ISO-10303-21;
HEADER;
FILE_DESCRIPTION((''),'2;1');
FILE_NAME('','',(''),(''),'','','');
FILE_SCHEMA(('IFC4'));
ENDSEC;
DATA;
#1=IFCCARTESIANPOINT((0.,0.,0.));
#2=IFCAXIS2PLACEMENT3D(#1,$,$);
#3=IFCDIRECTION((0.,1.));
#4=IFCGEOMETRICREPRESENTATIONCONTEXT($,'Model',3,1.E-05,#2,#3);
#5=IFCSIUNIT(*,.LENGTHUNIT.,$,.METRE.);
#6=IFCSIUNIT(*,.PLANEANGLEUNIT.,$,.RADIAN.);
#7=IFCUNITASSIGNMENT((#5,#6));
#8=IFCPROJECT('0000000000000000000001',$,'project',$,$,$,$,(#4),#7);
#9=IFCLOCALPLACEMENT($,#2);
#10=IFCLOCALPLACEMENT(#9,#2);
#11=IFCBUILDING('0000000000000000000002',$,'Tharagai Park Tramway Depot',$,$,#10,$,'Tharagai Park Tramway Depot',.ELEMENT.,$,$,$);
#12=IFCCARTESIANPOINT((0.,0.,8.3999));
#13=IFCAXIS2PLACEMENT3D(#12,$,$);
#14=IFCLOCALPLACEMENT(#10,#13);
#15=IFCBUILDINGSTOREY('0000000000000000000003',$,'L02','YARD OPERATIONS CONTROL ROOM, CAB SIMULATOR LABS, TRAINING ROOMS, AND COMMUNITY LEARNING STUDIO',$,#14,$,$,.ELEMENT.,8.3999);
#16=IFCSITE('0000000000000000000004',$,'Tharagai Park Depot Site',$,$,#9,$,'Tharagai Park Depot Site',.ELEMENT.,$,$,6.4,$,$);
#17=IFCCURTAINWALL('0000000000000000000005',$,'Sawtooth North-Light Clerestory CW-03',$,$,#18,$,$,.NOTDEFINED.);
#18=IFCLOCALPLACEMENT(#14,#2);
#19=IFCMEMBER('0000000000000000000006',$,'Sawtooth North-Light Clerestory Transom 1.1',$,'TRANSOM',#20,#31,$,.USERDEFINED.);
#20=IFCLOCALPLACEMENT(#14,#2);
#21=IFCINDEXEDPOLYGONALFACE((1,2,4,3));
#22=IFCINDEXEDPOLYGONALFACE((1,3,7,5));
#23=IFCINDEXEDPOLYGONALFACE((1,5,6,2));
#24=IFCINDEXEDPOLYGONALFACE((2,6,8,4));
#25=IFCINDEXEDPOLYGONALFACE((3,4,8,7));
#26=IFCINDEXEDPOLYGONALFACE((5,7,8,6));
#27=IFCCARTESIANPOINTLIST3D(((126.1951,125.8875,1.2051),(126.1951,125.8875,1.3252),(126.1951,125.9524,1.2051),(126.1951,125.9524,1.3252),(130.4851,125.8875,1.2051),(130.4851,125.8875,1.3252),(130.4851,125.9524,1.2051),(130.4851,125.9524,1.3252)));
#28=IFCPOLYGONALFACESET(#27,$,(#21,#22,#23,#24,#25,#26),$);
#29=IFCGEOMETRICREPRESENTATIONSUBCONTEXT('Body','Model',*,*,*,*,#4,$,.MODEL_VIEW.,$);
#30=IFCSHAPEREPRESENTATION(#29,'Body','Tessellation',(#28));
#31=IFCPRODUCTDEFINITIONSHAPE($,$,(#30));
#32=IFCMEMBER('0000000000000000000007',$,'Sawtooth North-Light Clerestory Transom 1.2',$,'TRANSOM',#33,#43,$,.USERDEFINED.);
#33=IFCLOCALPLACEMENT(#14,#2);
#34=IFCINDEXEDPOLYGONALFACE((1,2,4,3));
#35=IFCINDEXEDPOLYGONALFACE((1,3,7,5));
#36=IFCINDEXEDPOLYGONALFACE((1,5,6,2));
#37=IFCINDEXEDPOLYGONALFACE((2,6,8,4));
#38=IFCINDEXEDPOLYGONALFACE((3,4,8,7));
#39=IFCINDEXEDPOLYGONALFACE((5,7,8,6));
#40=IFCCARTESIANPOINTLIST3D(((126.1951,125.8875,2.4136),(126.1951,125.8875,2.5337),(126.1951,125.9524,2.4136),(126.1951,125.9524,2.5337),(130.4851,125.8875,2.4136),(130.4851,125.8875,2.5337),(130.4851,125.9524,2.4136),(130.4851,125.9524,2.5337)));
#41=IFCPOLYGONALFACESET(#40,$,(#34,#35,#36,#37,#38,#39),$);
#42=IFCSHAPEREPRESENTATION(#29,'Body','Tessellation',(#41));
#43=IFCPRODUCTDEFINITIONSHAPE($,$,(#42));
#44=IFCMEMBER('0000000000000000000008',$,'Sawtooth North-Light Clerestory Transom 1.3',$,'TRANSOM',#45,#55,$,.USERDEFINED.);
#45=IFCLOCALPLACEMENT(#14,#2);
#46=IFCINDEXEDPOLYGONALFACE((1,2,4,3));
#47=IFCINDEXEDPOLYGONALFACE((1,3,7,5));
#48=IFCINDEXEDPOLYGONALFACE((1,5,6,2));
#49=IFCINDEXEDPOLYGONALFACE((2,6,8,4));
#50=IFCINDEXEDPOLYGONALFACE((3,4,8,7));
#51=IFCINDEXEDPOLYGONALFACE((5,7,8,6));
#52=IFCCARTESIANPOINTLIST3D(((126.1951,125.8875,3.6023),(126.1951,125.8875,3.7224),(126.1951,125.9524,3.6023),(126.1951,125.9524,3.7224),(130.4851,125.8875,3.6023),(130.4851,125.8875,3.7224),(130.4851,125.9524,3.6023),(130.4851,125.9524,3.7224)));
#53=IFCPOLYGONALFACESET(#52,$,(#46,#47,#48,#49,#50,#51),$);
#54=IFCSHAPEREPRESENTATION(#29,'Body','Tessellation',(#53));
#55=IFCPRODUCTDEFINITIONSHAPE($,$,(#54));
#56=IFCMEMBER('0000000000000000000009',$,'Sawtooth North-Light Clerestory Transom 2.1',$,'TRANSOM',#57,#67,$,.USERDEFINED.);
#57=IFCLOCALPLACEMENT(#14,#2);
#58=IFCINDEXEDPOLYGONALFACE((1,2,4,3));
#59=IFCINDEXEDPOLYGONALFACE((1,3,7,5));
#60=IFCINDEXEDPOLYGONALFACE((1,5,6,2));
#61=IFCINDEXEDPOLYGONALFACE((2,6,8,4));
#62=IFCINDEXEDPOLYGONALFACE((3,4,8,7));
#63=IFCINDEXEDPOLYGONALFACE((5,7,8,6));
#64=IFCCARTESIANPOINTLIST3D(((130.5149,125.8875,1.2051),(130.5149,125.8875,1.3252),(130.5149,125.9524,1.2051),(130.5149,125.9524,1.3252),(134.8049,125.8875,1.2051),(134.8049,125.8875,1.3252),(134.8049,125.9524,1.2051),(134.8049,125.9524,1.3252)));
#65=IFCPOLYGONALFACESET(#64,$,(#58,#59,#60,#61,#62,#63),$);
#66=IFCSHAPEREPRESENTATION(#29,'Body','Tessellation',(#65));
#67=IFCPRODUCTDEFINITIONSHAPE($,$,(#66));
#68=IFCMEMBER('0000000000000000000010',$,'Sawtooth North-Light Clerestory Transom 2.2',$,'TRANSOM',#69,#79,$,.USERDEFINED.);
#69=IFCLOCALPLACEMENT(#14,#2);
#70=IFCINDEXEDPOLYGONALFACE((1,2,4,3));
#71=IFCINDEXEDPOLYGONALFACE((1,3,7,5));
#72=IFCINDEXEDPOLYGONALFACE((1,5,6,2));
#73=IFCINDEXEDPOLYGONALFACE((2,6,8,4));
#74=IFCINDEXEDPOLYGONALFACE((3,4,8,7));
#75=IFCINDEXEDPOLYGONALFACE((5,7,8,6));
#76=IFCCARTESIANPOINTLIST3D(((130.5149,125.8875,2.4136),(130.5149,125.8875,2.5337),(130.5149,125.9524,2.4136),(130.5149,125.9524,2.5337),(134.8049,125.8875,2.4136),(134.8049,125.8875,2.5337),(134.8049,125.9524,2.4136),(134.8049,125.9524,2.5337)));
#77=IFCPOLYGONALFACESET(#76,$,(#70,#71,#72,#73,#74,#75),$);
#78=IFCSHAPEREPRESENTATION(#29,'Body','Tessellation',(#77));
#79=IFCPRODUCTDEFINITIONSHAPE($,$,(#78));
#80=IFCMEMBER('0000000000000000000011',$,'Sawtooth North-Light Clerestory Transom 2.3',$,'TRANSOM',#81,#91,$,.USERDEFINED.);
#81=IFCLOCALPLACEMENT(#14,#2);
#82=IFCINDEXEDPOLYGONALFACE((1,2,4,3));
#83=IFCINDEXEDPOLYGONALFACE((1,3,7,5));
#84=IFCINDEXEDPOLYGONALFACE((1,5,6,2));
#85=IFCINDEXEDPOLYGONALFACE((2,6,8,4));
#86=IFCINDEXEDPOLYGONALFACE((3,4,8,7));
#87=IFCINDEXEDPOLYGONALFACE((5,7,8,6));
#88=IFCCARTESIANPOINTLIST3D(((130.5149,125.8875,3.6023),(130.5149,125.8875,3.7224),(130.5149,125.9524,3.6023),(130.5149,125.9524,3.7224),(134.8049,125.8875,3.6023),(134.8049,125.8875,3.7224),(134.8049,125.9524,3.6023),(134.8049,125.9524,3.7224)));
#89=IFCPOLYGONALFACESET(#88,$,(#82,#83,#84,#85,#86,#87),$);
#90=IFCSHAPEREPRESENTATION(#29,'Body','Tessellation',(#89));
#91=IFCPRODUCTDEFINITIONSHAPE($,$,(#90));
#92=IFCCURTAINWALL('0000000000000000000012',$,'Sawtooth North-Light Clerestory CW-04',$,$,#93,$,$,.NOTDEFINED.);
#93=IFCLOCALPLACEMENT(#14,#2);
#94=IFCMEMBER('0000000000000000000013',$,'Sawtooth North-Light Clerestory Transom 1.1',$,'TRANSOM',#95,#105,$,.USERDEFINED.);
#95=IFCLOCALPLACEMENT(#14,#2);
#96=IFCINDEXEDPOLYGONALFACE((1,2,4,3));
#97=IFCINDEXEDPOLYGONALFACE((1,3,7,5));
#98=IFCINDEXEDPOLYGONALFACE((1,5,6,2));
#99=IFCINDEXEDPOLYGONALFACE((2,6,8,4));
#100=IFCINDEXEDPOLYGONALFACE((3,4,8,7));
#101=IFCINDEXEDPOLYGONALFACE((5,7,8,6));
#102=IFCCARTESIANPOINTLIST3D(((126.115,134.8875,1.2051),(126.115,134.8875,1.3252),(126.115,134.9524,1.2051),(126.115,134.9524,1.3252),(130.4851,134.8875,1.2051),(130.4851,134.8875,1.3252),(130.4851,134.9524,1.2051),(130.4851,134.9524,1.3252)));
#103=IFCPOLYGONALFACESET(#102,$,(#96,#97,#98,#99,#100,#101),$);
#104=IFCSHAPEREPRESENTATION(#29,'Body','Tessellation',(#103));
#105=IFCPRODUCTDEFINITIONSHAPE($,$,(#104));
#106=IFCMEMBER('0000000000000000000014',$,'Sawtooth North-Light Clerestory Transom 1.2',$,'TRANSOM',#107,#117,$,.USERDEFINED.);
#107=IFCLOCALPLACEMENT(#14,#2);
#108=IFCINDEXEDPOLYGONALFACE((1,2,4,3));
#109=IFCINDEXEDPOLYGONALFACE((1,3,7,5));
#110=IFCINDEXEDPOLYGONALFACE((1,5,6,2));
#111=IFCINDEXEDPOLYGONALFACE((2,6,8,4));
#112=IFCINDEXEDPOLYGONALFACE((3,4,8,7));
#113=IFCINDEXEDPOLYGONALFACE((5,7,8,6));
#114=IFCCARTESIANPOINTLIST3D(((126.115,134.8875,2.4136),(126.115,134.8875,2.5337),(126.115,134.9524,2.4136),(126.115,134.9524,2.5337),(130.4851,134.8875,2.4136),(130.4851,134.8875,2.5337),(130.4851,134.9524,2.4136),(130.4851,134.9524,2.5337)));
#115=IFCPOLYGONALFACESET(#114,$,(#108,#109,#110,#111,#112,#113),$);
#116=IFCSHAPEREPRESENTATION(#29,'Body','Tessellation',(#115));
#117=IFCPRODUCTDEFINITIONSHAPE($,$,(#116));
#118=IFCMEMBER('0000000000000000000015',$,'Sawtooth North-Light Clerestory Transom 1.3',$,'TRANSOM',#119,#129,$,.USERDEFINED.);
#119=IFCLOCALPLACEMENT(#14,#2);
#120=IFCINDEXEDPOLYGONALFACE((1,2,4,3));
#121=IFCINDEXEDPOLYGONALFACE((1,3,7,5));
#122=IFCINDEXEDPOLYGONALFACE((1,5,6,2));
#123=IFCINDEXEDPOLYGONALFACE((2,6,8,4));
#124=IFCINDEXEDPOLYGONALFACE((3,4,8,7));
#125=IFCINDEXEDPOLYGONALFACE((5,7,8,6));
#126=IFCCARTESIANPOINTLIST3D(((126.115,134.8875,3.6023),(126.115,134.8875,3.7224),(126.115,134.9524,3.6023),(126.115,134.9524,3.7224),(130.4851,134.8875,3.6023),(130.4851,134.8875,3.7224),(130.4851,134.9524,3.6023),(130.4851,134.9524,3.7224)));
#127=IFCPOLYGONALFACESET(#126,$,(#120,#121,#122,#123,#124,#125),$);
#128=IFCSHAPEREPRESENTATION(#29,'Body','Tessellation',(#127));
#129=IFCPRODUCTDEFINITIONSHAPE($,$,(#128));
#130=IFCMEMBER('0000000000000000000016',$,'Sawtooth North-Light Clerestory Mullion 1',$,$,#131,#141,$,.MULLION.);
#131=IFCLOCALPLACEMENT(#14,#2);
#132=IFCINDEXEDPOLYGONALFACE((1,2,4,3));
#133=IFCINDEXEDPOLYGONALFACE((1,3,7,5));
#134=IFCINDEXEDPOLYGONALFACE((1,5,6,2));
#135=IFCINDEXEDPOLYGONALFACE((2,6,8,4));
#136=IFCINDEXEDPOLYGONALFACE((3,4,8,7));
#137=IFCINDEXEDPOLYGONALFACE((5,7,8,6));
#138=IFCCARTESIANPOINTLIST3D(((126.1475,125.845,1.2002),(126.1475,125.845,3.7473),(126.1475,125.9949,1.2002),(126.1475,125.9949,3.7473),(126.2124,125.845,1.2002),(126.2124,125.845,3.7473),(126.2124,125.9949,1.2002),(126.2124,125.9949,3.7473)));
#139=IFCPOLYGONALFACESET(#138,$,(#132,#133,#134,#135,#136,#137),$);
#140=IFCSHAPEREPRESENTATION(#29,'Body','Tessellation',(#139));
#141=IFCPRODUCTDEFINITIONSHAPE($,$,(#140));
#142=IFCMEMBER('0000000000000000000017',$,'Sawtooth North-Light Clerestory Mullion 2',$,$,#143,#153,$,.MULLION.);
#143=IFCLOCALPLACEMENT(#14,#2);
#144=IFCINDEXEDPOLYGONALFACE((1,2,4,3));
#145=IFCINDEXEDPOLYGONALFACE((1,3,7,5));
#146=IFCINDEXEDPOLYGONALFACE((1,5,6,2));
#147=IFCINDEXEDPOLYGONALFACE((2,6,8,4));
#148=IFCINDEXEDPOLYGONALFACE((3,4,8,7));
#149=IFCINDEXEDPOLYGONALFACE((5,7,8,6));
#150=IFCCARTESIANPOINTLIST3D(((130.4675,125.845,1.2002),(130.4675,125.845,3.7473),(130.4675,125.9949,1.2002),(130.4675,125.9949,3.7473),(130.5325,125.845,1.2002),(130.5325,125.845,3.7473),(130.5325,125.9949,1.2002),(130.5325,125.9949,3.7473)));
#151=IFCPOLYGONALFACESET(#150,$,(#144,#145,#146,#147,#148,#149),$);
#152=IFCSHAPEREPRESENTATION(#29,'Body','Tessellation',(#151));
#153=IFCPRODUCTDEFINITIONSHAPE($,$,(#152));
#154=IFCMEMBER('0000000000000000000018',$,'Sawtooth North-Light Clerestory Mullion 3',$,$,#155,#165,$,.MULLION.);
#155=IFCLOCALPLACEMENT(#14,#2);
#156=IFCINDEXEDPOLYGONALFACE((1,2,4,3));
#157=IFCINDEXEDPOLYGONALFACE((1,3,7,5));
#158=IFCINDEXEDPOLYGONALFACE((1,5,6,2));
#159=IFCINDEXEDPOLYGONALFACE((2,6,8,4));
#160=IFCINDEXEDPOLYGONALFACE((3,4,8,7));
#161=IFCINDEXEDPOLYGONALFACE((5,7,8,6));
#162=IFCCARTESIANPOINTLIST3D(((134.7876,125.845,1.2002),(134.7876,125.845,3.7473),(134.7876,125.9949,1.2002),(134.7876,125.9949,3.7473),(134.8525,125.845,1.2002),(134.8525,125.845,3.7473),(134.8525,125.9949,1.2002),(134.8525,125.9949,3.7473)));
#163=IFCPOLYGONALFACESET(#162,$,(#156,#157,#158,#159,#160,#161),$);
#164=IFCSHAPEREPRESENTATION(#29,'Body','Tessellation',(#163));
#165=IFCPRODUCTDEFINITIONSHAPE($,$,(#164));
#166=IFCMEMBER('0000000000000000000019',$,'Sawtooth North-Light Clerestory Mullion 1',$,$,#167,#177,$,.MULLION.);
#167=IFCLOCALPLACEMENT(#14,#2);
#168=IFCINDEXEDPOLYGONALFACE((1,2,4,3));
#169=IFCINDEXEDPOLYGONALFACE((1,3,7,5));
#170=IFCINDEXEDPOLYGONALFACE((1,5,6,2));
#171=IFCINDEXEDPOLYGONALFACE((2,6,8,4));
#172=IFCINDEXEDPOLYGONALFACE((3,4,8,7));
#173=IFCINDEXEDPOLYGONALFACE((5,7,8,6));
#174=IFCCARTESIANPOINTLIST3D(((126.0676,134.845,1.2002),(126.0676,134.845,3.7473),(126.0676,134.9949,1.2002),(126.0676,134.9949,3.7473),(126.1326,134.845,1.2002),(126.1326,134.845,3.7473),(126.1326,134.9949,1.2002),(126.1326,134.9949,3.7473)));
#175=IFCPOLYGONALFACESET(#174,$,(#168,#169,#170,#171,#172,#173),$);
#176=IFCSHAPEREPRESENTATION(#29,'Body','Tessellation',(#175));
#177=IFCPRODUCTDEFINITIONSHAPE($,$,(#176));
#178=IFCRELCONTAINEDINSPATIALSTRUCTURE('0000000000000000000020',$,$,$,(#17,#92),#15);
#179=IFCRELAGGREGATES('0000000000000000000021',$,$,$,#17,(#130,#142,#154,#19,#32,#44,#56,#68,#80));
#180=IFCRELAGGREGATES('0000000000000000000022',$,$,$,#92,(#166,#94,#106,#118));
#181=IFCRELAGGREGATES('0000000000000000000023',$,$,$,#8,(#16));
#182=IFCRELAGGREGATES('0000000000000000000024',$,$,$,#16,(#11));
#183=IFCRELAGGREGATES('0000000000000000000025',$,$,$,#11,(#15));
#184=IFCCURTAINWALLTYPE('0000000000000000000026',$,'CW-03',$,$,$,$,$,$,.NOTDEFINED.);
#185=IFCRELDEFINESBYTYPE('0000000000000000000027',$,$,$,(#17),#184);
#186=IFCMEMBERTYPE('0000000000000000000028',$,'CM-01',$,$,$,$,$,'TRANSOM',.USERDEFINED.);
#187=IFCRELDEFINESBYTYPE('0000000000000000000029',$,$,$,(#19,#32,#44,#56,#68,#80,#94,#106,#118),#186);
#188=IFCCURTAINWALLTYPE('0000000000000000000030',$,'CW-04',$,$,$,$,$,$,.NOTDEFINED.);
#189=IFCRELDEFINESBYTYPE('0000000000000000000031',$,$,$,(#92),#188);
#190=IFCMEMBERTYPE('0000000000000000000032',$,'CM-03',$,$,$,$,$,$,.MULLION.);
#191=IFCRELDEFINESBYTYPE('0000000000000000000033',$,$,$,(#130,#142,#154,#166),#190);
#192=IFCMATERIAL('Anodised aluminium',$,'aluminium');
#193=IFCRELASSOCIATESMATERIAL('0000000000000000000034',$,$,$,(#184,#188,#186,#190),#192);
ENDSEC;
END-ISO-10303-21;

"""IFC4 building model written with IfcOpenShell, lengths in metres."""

from ifc_helpers import new_model, si_unit, direction, frame, origin, origin_2d, place, context, subcontext, project, spatial, rectangle, extrude, material, material_profile, profile_set, type_object, element, aggregate, save


model = new_model("IFC4")

# Units and contexts
model_context = context("Model", 3, precision=1e-05, world=origin(), true_north=direction((0.0, 1.0)))
body_context = subcontext(model_context, "Body", "Model", "MODEL_VIEW")
ifc_project = project(units=[si_unit("LENGTHUNIT", "METRE"), si_unit("PLANEANGLEUNIT", "RADIAN")], contexts=[model_context])

# Site, building, storey
site_placement = place(None, origin())
site = spatial("IfcSite", under=ifc_project, at=site_placement, Name="Tharagai Park Depot Site", LongName="Tharagai Park Depot Site", CompositionType="ELEMENT", RefElevation=6.4)
building_placement = place(site_placement, origin())
building = spatial("IfcBuilding", under=site, at=building_placement, Name="Tharagai Park Tramway Depot", LongName="Tharagai Park Tramway Depot", CompositionType="ELEMENT")
storey_placement = place(building_placement, frame((0.0, 0.0, 8.3999)))
storey = spatial("IfcBuildingStorey", under=building, at=storey_placement, Name="L02", Description="YARD OPERATIONS CONTROL ROOM, CAB SIMULATOR LABS, TRAINING ROOMS, AND COMMUNITY LEARNING STUDIO", CompositionType="ELEMENT", Elevation=8.3999)

# Curtain walls, members
ifc_material_1 = material(Name="Anodised aluminium", Category="aluminium")
curtain_wall_type_1 = type_object("IfcCurtainWallType", Name="CW-03", PredefinedType="NOTDEFINED", material=ifc_material_1)
curtain_wall_1_placement = place(storey_placement, origin())
curtain_wall_1 = element("IfcCurtainWall", 1, at=curtain_wall_1_placement, inside=storey, type_object=curtain_wall_type_1, Name="Sawtooth North-Light Clerestory CW-03", PredefinedType="NOTDEFINED")
ifc_material_profile_1 = material_profile(ifc_material_1, rectangle(XDim=0.0649, YDim=0.1201, at=origin_2d()), Name="ALU 65x120")
ifc_profile_set_1 = profile_set([ifc_material_profile_1], Name="Anodised aluminium")
member_type_1 = type_object("IfcMemberType", Name="CM-01", ElementType="TRANSOM", PredefinedType="USERDEFINED", material=ifc_profile_set_1)
member_1_placement = place(storey_placement, frame((126.1951, 125.9199, 1.2651), z_axis=(1.0, 0.0, 0.0), x_axis=(0.0, 1.0, 0.0)))
member_1 = element("IfcMember", 2, at=member_1_placement, type_object=member_type_1, Name="Sawtooth North-Light Clerestory Transom 1.1", ObjectType="TRANSOM", PredefinedType="USERDEFINED", context=body_context, shape_type="SweptSolid", body=[
    extrude(rectangle(XDim=0.0649, YDim=0.1201, at=origin_2d()), origin(), (0.0, 0.0, 1.0), 4.29),
])
member_2_placement = place(storey_placement, frame((126.1951, 125.9199, 2.4736), z_axis=(1.0, 0.0, 0.0), x_axis=(0.0, 1.0, 0.0)))
member_2 = element("IfcMember", 3, at=member_2_placement, type_object=member_type_1, Name="Sawtooth North-Light Clerestory Transom 1.2", ObjectType="TRANSOM", PredefinedType="USERDEFINED", context=body_context, shape_type="SweptSolid", body=[
    extrude(rectangle(XDim=0.0649, YDim=0.1201, at=origin_2d()), origin(), (0.0, 0.0, 1.0), 4.29),
])
member_3_placement = place(storey_placement, frame((126.1951, 125.9199, 3.6624), z_axis=(1.0, 0.0, 0.0), x_axis=(0.0, 1.0, 0.0)))
member_3 = element("IfcMember", 4, at=member_3_placement, type_object=member_type_1, Name="Sawtooth North-Light Clerestory Transom 1.3", ObjectType="TRANSOM", PredefinedType="USERDEFINED", context=body_context, shape_type="SweptSolid", body=[
    extrude(rectangle(XDim=0.0649, YDim=0.1201, at=origin_2d()), origin(), (0.0, 0.0, 1.0), 4.29),
])
member_4_placement = place(storey_placement, frame((130.5149, 125.9199, 1.2651), z_axis=(1.0, 0.0, 0.0), x_axis=(0.0, 1.0, 0.0)))
member_4 = element("IfcMember", 5, at=member_4_placement, type_object=member_type_1, Name="Sawtooth North-Light Clerestory Transom 2.1", ObjectType="TRANSOM", PredefinedType="USERDEFINED", context=body_context, shape_type="SweptSolid", body=[
    extrude(rectangle(XDim=0.0649, YDim=0.1201, at=origin_2d()), origin(), (0.0, 0.0, 1.0), 4.29),
])
member_5_placement = place(storey_placement, frame((130.5149, 125.9199, 2.4736), z_axis=(1.0, 0.0, 0.0), x_axis=(0.0, 1.0, 0.0)))
member_5 = element("IfcMember", 6, at=member_5_placement, type_object=member_type_1, Name="Sawtooth North-Light Clerestory Transom 2.2", ObjectType="TRANSOM", PredefinedType="USERDEFINED", context=body_context, shape_type="SweptSolid", body=[
    extrude(rectangle(XDim=0.0649, YDim=0.1201, at=origin_2d()), origin(), (0.0, 0.0, 1.0), 4.29),
])
member_6_placement = place(storey_placement, frame((130.5149, 125.9199, 3.6624), z_axis=(1.0, 0.0, 0.0), x_axis=(0.0, 1.0, 0.0)))
member_6 = element("IfcMember", 7, at=member_6_placement, type_object=member_type_1, Name="Sawtooth North-Light Clerestory Transom 2.3", ObjectType="TRANSOM", PredefinedType="USERDEFINED", context=body_context, shape_type="SweptSolid", body=[
    extrude(rectangle(XDim=0.0649, YDim=0.1201, at=origin_2d()), origin(), (0.0, 0.0, 1.0), 4.29),
])
curtain_wall_type_2 = type_object("IfcCurtainWallType", Name="CW-04", PredefinedType="NOTDEFINED", material=ifc_material_1)
curtain_wall_2_placement = place(storey_placement, origin())
curtain_wall_2 = element("IfcCurtainWall", 8, at=curtain_wall_2_placement, inside=storey, type_object=curtain_wall_type_2, Name="Sawtooth North-Light Clerestory CW-04", PredefinedType="NOTDEFINED")
member_7_placement = place(storey_placement, frame((126.115, 134.9199, 1.2651), z_axis=(1.0, 0.0, 0.0), x_axis=(0.0, 1.0, 0.0)))
member_7 = element("IfcMember", 9, at=member_7_placement, type_object=member_type_1, Name="Sawtooth North-Light Clerestory Transom 1.1", ObjectType="TRANSOM", PredefinedType="USERDEFINED", context=body_context, shape_type="SweptSolid", body=[
    extrude(rectangle(XDim=0.0649, YDim=0.1201, at=origin_2d()), origin(), (0.0, 0.0, 1.0), 4.3701),
])
member_8_placement = place(storey_placement, frame((126.115, 134.9199, 2.4736), z_axis=(1.0, 0.0, 0.0), x_axis=(0.0, 1.0, 0.0)))
member_8 = element("IfcMember", 10, at=member_8_placement, type_object=member_type_1, Name="Sawtooth North-Light Clerestory Transom 1.2", ObjectType="TRANSOM", PredefinedType="USERDEFINED", context=body_context, shape_type="SweptSolid", body=[
    extrude(rectangle(XDim=0.0649, YDim=0.1201, at=origin_2d()), origin(), (0.0, 0.0, 1.0), 4.3701),
])
member_9_placement = place(storey_placement, frame((126.115, 134.9199, 3.6624), z_axis=(1.0, 0.0, 0.0), x_axis=(0.0, 1.0, 0.0)))
member_9 = element("IfcMember", 11, at=member_9_placement, type_object=member_type_1, Name="Sawtooth North-Light Clerestory Transom 1.3", ObjectType="TRANSOM", PredefinedType="USERDEFINED", context=body_context, shape_type="SweptSolid", body=[
    extrude(rectangle(XDim=0.0649, YDim=0.1201, at=origin_2d()), origin(), (0.0, 0.0, 1.0), 4.3701),
])

# Members
ifc_material_profile_2 = material_profile(ifc_material_1, rectangle(XDim=0.0649, YDim=0.1499, at=origin_2d()), Name="ALU 65x150")
ifc_profile_set_2 = profile_set([ifc_material_profile_2], Name="Anodised aluminium")
member_type_2 = type_object("IfcMemberType", Name="CM-03", PredefinedType="MULLION", material=ifc_profile_set_2)
member_10_placement = place(storey_placement, frame((126.1799, 125.9199, 1.2002), z_axis=(0.0, 0.0, 1.0), x_axis=(1.0, 0.0, 0.0)))
member_10 = element("IfcMember", 12, at=member_10_placement, type_object=member_type_2, Name="Sawtooth North-Light Clerestory Mullion 1", PredefinedType="MULLION", context=body_context, shape_type="SweptSolid", body=[
    extrude(rectangle(XDim=0.0649, YDim=0.1499, at=origin_2d()), origin(), (0.0, 0.0, 1.0), 2.5471),
])
member_11_placement = place(storey_placement, frame((130.5, 125.9199, 1.2002), z_axis=(0.0, 0.0, 1.0), x_axis=(1.0, 0.0, 0.0)))
member_11 = element("IfcMember", 13, at=member_11_placement, type_object=member_type_2, Name="Sawtooth North-Light Clerestory Mullion 2", PredefinedType="MULLION", context=body_context, shape_type="SweptSolid", body=[
    extrude(rectangle(XDim=0.0649, YDim=0.1499, at=origin_2d()), origin(), (0.0, 0.0, 1.0), 2.5471),
])
member_12_placement = place(storey_placement, frame((134.8201, 125.9199, 1.2002), z_axis=(0.0, 0.0, 1.0), x_axis=(1.0, 0.0, 0.0)))
member_12 = element("IfcMember", 14, at=member_12_placement, type_object=member_type_2, Name="Sawtooth North-Light Clerestory Mullion 3", PredefinedType="MULLION", context=body_context, shape_type="SweptSolid", body=[
    extrude(rectangle(XDim=0.0649, YDim=0.1499, at=origin_2d()), origin(), (0.0, 0.0, 1.0), 2.5471),
])
member_13_placement = place(storey_placement, frame((126.1001, 134.9199, 1.2002), z_axis=(0.0, 0.0, 1.0), x_axis=(1.0, 0.0, 0.0)))
member_13 = element("IfcMember", 15, at=member_13_placement, type_object=member_type_2, Name="Sawtooth North-Light Clerestory Mullion 1", PredefinedType="MULLION", context=body_context, shape_type="SweptSolid", body=[
    extrude(rectangle(XDim=0.0649, YDim=0.1499, at=origin_2d()), origin(), (0.0, 0.0, 1.0), 2.5471),
])

aggregate(curtain_wall_1, [member_10, member_11, member_12, member_1, member_2, member_3, member_4, member_5, member_6])
aggregate(curtain_wall_2, [member_13, member_7, member_8, member_9])

save(model, "model.ifc")
